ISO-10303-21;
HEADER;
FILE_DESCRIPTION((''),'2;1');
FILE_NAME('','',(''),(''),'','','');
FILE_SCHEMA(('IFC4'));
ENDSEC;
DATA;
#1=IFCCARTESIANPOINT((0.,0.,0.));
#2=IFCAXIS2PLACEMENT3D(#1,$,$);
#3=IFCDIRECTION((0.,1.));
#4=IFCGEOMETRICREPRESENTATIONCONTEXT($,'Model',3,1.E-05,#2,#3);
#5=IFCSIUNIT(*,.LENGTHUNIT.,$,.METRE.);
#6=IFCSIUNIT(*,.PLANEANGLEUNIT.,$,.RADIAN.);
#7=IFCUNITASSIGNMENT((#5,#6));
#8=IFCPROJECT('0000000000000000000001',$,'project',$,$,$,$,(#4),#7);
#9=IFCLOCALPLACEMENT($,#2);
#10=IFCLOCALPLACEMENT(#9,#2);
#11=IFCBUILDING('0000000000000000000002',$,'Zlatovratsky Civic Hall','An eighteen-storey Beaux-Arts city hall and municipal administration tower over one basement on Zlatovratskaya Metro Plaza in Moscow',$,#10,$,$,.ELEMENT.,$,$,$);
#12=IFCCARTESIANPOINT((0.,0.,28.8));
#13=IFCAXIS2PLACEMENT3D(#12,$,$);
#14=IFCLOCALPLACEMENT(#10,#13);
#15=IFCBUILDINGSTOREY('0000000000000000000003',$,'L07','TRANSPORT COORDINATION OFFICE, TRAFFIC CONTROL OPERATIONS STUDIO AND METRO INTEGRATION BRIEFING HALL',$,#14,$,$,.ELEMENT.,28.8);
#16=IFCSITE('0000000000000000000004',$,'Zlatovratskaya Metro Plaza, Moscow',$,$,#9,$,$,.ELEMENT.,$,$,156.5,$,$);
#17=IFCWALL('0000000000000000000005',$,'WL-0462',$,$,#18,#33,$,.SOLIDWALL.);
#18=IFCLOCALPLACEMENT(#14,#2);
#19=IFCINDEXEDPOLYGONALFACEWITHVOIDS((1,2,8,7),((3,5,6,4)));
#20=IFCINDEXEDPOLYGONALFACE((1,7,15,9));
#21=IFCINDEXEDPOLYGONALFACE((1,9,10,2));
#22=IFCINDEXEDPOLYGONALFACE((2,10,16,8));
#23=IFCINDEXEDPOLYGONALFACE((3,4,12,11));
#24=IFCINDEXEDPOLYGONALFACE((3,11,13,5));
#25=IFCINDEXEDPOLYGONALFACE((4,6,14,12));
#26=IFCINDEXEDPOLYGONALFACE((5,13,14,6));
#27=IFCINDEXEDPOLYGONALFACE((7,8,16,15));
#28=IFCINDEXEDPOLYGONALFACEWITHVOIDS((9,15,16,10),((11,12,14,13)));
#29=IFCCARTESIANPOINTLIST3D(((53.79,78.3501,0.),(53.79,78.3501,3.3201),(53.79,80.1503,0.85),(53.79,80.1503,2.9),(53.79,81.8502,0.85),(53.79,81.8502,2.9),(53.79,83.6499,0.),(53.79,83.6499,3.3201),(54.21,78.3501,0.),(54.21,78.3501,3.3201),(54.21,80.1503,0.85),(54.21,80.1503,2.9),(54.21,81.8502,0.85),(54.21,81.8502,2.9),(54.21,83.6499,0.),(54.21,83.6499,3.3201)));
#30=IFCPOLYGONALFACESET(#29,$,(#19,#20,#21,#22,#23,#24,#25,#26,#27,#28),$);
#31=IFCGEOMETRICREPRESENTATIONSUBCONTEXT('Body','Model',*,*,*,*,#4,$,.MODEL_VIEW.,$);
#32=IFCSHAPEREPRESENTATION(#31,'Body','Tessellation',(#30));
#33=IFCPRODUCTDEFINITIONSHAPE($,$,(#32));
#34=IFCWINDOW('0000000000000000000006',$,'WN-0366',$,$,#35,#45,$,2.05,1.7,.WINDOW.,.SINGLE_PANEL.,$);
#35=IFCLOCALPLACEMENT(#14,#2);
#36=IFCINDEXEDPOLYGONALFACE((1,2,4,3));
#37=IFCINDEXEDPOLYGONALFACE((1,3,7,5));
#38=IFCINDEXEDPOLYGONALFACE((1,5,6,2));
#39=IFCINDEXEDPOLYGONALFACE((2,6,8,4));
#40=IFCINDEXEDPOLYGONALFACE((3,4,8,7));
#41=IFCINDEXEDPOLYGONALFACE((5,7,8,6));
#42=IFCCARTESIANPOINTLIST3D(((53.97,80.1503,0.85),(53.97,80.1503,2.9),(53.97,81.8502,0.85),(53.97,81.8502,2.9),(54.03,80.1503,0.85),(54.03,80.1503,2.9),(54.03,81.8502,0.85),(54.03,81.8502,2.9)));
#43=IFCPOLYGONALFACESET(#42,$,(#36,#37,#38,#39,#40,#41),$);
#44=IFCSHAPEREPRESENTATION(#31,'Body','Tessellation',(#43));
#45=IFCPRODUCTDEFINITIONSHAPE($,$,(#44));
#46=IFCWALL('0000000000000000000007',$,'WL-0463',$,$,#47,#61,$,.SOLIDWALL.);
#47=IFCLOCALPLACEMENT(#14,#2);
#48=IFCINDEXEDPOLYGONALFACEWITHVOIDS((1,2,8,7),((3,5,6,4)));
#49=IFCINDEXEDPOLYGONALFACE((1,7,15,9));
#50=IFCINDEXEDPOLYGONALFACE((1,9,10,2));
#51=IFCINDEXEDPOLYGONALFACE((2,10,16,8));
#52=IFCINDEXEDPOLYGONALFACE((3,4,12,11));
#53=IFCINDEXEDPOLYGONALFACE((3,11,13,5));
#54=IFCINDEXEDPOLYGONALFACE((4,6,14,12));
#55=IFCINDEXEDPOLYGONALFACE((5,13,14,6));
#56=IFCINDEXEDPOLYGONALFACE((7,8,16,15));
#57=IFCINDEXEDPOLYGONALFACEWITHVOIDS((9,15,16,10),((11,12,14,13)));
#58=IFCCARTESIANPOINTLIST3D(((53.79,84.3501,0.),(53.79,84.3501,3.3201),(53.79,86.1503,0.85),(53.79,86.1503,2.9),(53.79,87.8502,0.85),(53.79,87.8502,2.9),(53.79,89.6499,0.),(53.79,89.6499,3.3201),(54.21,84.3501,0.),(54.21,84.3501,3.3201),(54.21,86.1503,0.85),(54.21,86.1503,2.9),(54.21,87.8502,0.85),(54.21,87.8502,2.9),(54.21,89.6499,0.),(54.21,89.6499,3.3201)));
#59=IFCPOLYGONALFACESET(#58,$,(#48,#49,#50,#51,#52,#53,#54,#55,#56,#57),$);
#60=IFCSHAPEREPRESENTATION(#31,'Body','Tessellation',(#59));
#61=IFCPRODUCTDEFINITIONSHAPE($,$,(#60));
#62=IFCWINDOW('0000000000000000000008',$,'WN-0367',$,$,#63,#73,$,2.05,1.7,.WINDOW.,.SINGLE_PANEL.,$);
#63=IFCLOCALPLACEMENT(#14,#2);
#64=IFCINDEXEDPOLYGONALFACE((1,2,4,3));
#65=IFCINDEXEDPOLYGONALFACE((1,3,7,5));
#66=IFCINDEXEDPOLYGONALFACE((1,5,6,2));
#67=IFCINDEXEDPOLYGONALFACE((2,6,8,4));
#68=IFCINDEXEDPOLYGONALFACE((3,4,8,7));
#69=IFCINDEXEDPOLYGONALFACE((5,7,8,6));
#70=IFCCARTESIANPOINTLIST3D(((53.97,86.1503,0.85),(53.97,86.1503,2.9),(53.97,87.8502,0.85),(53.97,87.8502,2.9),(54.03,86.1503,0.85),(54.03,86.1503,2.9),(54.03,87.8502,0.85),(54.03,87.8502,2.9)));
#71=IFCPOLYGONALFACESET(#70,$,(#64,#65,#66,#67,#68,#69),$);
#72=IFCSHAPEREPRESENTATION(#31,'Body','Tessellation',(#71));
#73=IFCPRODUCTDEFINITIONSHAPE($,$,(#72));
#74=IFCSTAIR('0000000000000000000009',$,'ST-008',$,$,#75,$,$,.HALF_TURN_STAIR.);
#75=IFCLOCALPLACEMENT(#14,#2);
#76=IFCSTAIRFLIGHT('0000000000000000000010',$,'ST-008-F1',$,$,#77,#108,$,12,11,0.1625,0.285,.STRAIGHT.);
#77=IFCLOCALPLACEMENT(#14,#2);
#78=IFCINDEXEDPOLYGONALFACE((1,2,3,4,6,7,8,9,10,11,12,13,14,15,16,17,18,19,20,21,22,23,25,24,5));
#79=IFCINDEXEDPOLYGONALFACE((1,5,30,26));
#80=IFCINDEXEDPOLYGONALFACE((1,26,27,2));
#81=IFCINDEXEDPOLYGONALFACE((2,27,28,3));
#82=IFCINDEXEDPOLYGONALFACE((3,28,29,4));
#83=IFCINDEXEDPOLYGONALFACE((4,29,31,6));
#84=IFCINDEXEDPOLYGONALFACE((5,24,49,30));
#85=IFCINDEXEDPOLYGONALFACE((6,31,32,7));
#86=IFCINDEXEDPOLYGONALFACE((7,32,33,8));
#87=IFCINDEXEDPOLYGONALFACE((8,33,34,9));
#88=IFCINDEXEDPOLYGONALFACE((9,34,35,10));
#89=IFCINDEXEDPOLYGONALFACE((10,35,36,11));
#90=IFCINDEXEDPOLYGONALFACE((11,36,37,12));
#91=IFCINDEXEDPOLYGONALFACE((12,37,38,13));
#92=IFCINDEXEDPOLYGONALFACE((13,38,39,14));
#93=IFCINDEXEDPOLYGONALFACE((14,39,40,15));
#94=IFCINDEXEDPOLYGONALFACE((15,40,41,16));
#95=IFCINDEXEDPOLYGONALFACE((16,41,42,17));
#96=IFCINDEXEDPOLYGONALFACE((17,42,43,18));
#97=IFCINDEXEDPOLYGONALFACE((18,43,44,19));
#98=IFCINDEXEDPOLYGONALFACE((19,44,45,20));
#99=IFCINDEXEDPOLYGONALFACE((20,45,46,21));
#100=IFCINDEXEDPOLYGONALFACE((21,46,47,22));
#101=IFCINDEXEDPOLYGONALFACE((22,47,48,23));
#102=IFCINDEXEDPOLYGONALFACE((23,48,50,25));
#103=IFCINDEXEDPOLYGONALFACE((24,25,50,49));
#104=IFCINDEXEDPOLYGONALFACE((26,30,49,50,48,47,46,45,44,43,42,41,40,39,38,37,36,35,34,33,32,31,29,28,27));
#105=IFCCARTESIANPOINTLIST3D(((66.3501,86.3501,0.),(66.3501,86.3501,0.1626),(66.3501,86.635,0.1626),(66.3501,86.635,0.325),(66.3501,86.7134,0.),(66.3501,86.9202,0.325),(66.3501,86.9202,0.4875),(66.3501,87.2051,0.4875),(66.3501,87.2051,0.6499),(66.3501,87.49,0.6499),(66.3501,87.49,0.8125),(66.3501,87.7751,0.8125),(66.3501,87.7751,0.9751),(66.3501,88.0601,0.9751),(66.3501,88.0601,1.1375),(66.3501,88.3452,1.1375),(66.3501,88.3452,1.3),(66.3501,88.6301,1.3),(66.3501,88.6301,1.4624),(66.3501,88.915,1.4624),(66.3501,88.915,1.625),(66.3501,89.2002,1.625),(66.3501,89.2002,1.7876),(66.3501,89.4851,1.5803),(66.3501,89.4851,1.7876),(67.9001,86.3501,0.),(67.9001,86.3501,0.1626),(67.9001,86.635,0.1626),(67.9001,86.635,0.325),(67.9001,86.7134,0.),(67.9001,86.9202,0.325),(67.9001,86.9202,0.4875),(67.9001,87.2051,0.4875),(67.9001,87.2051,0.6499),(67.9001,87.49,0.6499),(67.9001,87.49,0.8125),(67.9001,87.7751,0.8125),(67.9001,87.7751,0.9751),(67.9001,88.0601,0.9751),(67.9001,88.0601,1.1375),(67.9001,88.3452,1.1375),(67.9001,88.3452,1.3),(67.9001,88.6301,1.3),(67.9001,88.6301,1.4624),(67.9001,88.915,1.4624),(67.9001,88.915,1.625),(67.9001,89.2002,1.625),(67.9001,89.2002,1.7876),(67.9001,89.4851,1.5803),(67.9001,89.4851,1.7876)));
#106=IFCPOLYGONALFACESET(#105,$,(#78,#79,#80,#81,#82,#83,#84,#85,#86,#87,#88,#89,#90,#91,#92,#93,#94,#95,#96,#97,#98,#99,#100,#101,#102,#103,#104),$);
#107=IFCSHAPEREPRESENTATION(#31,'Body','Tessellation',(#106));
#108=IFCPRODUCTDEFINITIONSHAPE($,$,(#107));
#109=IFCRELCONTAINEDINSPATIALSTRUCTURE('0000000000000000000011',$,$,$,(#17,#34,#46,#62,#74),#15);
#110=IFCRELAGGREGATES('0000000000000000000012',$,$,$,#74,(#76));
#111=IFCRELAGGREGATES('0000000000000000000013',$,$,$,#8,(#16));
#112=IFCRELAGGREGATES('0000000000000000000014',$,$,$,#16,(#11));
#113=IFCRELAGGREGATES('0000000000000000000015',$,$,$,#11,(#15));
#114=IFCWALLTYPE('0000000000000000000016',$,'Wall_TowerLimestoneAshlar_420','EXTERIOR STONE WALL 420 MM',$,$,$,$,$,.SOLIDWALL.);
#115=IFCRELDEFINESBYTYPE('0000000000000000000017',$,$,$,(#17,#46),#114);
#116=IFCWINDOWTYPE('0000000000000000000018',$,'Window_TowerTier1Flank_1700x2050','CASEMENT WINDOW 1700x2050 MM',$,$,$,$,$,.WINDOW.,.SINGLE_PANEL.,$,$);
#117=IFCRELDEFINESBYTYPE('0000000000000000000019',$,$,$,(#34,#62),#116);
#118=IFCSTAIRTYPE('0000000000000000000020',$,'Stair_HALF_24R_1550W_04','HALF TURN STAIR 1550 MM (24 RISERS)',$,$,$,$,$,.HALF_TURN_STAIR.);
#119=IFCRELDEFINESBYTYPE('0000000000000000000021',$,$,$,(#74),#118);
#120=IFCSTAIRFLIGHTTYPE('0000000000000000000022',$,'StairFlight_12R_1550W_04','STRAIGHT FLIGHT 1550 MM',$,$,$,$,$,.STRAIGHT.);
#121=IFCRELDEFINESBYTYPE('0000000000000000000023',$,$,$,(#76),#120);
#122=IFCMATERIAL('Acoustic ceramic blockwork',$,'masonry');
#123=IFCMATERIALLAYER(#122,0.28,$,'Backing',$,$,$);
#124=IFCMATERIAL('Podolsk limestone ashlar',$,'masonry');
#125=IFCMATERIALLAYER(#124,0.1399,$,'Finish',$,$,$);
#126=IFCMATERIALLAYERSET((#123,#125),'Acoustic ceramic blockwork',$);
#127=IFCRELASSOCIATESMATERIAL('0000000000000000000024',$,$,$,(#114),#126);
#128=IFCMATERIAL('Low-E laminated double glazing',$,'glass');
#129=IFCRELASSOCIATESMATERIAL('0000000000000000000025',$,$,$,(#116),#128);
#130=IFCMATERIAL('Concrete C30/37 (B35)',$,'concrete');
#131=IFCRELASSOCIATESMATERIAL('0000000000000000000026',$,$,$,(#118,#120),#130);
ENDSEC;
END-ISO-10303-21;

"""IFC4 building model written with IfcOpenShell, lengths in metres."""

from ifc_helpers import new_model, si_unit, direction, frame, frame_2d, origin, place, context, subcontext, project, spatial, polyline, rectangle, outline, extrude, material, layer, layer_set, type_object, element, fill, aggregate, save


model = new_model("IFC4")

# Units and contexts
model_context = context("Model", 3, precision=1e-05, world=origin(), true_north=direction((0.0, 1.0)))
body_context = subcontext(model_context, "Body", "Model", "MODEL_VIEW")
ifc_project = project(units=[si_unit("LENGTHUNIT", "METRE"), si_unit("PLANEANGLEUNIT", "RADIAN")], contexts=[model_context])

# Site, building, storey
site_placement = place(None, origin())
site = spatial("IfcSite", under=ifc_project, at=site_placement, Name="Zlatovratskaya Metro Plaza, Moscow", CompositionType="ELEMENT", RefElevation=156.5)
building_placement = place(site_placement, origin())
building = spatial("IfcBuilding", under=site, at=building_placement, Name="Zlatovratsky Civic Hall", Description="An eighteen-storey Beaux-Arts city hall and municipal administration tower over one basement on Zlatovratskaya Metro Plaza in Moscow", CompositionType="ELEMENT")
storey_placement = place(building_placement, frame((0.0, 0.0, 28.8)))
storey = spatial("IfcBuildingStorey", under=building, at=storey_placement, Name="L07", Description="TRANSPORT COORDINATION OFFICE, TRAFFIC CONTROL OPERATIONS STUDIO AND METRO INTEGRATION BRIEFING HALL", CompositionType="ELEMENT", Elevation=28.8)

# Walls, openings, windows
ifc_material_1 = material(Name="Acoustic ceramic blockwork", Category="masonry")
ifc_layer_1 = layer(ifc_material_1, 0.28, Name="Backing")
ifc_material_2 = material(Name="Podolsk limestone ashlar", Category="masonry")
ifc_layer_2 = layer(ifc_material_2, 0.1399, Name="Finish")
ifc_layer_set_1 = layer_set([ifc_layer_1, ifc_layer_2], Name="Acoustic ceramic blockwork")
wall_type_1 = type_object("IfcWallType", Name="Wall_TowerLimestoneAshlar_420", Description="EXTERIOR STONE WALL 420 MM", PredefinedType="SOLIDWALL", material=ifc_layer_set_1)
wall_1_placement = place(storey_placement, frame((54.0, 78.3501, 0.0), z_axis=(0.0, 0.0, 1.0), x_axis=(0.0, 1.0, 0.0)))
wall_1 = element("IfcWall", 1, at=wall_1_placement, inside=storey, type_object=wall_type_1, Name="WL-0462", PredefinedType="SOLIDWALL", context=body_context, shape_type="SweptSolid", body=[
    extrude(rectangle(XDim=5.2998, YDim=0.4199, at=frame_2d((2.6499, 0.0))), origin(), (0.0, 0.0, 1.0), 3.3201),
])
opening_1_placement = place(wall_1_placement, frame((1.8, 0.0, 0.8501)))
opening_1 = element("IfcOpeningElement", 2, at=opening_1_placement, cuts=wall_1, PredefinedType="OPENING", context=body_context, shape_type="SweptSolid", body=[
    extrude(rectangle(XDim=1.7, YDim=2.05, at=frame_2d((0.8501, 1.0249))), frame((0.0, 0.2249, 0.0), z_axis=(0.0, -1.0, 0.0), x_axis=(1.0, 0.0, 0.0)), (0.0, 0.0, 1.0), 0.4497),
])
ifc_material_3 = material(Name="Low-E laminated double glazing", Category="glass")
window_type = type_object("IfcWindowType", Name="Window_TowerTier1Flank_1700x2050", Description="CASEMENT WINDOW 1700x2050 MM", PartitioningType="SINGLE_PANEL", PredefinedType="WINDOW", material=ifc_material_3)
window_1_placement = place(opening_1_placement, origin())
window_1 = element("IfcWindow", 3, at=window_1_placement, inside=storey, type_object=window_type, Name="WN-0366", OverallHeight=2.05, OverallWidth=1.7, PartitioningType="SINGLE_PANEL", PredefinedType="WINDOW", context=body_context, shape_type="SweptSolid", body=[
    extrude(rectangle(XDim=1.7, YDim=2.05, at=frame_2d((0.8501, 1.0249))), frame((0.0, 0.03, 0.0), z_axis=(0.0, -1.0, 0.0), x_axis=(1.0, 0.0, 0.0)), (0.0, 0.0, 1.0), 0.0601),
])
fill(opening_1, window_1)
wall_2_placement = place(storey_placement, frame((54.0, 84.3501, 0.0), z_axis=(0.0, 0.0, 1.0), x_axis=(0.0, 1.0, 0.0)))
wall_2 = element("IfcWall", 4, at=wall_2_placement, inside=storey, type_object=wall_type_1, Name="WL-0463", PredefinedType="SOLIDWALL", context=body_context, shape_type="SweptSolid", body=[
    extrude(rectangle(XDim=5.2998, YDim=0.4199, at=frame_2d((2.6499, 0.0))), origin(), (0.0, 0.0, 1.0), 3.3201),
])
opening_2_placement = place(wall_2_placement, frame((1.8, 0.0, 0.8501)))
opening_2 = element("IfcOpeningElement", 5, at=opening_2_placement, cuts=wall_2, PredefinedType="OPENING", context=body_context, shape_type="SweptSolid", body=[
    extrude(rectangle(XDim=1.7, YDim=2.05, at=frame_2d((0.8501, 1.0249))), frame((0.0, 0.2249, 0.0), z_axis=(0.0, -1.0, 0.0), x_axis=(1.0, 0.0, 0.0)), (0.0, 0.0, 1.0), 0.4497),
])
window_2_placement = place(opening_2_placement, origin())
window_2 = element("IfcWindow", 6, at=window_2_placement, inside=storey, type_object=window_type, Name="WN-0367", OverallHeight=2.05, OverallWidth=1.7, PartitioningType="SINGLE_PANEL", PredefinedType="WINDOW", context=body_context, shape_type="SweptSolid", body=[
    extrude(rectangle(XDim=1.7, YDim=2.05, at=frame_2d((0.8501, 1.0249))), frame((0.0, 0.03, 0.0), z_axis=(0.0, -1.0, 0.0), x_axis=(1.0, 0.0, 0.0)), (0.0, 0.0, 1.0), 0.0601),
])
fill(opening_2, window_2)

# Stair, stair flight
ifc_material_4 = material(Name="Concrete C30/37 (B35)", Category="concrete")
stair_type = type_object("IfcStairType", Name="Stair_HALF_24R_1550W_04", Description="HALF TURN STAIR 1550 MM (24 RISERS)", PredefinedType="HALF_TURN_STAIR", material=ifc_material_4)
stair_placement = place(storey_placement, origin())
stair = element("IfcStair", 7, at=stair_placement, inside=storey, type_object=stair_type, Name="ST-008", PredefinedType="HALF_TURN_STAIR")
stair_flight_type = type_object("IfcStairFlightType", Name="StairFlight_12R_1550W_04", Description="STRAIGHT FLIGHT 1550 MM", PredefinedType="STRAIGHT", material=ifc_material_4)
stair_flight_placement = place(storey_placement, frame((67.125, 86.3501, 0.0), z_axis=(0.0, 0.0, 1.0), x_axis=(0.0, 1.0, 0.0)))
stair_flight = element("IfcStairFlight", 8, at=stair_flight_placement, type_object=stair_flight_type, Name="ST-008-F1", NumberOfRisers=12, NumberOfTreads=11, PredefinedType="STRAIGHT", RiserHeight=0.1625, TreadLength=0.285, context=body_context, shape_type="SweptSolid", body=[
    extrude(outline(polyline([(0.0, 0.0), (0.0, 0.1626), (0.2849, 0.1626), (0.2849, 0.325), (0.5701, 0.325), (0.5701, 0.4875), (0.855, 0.4875), (0.855, 0.6499), (1.1399, 0.6499), (1.1399, 0.8125), (1.425, 0.8125), (1.425, 0.9751), (1.71, 0.9751), (1.71, 1.1375), (1.9951, 1.1375), (1.9951, 1.3), (2.28, 1.3), (2.28, 1.4624), (2.5649, 1.4624), (2.5649, 1.625), (2.8501, 1.625), (2.8501, 1.7876), (3.135, 1.7876), (3.135, 1.95), (3.135, 1.5803), (0.3633, 0.0), (0.0, 0.0)])), frame((0.0, 0.7749, 0.0), z_axis=(0.0, -1.0, 0.0), x_axis=(1.0, 0.0, 0.0)), (0.0, 0.0, 1.0), 1.55),
])
aggregate(stair, [stair_flight])

save(model, "model.ifc")
